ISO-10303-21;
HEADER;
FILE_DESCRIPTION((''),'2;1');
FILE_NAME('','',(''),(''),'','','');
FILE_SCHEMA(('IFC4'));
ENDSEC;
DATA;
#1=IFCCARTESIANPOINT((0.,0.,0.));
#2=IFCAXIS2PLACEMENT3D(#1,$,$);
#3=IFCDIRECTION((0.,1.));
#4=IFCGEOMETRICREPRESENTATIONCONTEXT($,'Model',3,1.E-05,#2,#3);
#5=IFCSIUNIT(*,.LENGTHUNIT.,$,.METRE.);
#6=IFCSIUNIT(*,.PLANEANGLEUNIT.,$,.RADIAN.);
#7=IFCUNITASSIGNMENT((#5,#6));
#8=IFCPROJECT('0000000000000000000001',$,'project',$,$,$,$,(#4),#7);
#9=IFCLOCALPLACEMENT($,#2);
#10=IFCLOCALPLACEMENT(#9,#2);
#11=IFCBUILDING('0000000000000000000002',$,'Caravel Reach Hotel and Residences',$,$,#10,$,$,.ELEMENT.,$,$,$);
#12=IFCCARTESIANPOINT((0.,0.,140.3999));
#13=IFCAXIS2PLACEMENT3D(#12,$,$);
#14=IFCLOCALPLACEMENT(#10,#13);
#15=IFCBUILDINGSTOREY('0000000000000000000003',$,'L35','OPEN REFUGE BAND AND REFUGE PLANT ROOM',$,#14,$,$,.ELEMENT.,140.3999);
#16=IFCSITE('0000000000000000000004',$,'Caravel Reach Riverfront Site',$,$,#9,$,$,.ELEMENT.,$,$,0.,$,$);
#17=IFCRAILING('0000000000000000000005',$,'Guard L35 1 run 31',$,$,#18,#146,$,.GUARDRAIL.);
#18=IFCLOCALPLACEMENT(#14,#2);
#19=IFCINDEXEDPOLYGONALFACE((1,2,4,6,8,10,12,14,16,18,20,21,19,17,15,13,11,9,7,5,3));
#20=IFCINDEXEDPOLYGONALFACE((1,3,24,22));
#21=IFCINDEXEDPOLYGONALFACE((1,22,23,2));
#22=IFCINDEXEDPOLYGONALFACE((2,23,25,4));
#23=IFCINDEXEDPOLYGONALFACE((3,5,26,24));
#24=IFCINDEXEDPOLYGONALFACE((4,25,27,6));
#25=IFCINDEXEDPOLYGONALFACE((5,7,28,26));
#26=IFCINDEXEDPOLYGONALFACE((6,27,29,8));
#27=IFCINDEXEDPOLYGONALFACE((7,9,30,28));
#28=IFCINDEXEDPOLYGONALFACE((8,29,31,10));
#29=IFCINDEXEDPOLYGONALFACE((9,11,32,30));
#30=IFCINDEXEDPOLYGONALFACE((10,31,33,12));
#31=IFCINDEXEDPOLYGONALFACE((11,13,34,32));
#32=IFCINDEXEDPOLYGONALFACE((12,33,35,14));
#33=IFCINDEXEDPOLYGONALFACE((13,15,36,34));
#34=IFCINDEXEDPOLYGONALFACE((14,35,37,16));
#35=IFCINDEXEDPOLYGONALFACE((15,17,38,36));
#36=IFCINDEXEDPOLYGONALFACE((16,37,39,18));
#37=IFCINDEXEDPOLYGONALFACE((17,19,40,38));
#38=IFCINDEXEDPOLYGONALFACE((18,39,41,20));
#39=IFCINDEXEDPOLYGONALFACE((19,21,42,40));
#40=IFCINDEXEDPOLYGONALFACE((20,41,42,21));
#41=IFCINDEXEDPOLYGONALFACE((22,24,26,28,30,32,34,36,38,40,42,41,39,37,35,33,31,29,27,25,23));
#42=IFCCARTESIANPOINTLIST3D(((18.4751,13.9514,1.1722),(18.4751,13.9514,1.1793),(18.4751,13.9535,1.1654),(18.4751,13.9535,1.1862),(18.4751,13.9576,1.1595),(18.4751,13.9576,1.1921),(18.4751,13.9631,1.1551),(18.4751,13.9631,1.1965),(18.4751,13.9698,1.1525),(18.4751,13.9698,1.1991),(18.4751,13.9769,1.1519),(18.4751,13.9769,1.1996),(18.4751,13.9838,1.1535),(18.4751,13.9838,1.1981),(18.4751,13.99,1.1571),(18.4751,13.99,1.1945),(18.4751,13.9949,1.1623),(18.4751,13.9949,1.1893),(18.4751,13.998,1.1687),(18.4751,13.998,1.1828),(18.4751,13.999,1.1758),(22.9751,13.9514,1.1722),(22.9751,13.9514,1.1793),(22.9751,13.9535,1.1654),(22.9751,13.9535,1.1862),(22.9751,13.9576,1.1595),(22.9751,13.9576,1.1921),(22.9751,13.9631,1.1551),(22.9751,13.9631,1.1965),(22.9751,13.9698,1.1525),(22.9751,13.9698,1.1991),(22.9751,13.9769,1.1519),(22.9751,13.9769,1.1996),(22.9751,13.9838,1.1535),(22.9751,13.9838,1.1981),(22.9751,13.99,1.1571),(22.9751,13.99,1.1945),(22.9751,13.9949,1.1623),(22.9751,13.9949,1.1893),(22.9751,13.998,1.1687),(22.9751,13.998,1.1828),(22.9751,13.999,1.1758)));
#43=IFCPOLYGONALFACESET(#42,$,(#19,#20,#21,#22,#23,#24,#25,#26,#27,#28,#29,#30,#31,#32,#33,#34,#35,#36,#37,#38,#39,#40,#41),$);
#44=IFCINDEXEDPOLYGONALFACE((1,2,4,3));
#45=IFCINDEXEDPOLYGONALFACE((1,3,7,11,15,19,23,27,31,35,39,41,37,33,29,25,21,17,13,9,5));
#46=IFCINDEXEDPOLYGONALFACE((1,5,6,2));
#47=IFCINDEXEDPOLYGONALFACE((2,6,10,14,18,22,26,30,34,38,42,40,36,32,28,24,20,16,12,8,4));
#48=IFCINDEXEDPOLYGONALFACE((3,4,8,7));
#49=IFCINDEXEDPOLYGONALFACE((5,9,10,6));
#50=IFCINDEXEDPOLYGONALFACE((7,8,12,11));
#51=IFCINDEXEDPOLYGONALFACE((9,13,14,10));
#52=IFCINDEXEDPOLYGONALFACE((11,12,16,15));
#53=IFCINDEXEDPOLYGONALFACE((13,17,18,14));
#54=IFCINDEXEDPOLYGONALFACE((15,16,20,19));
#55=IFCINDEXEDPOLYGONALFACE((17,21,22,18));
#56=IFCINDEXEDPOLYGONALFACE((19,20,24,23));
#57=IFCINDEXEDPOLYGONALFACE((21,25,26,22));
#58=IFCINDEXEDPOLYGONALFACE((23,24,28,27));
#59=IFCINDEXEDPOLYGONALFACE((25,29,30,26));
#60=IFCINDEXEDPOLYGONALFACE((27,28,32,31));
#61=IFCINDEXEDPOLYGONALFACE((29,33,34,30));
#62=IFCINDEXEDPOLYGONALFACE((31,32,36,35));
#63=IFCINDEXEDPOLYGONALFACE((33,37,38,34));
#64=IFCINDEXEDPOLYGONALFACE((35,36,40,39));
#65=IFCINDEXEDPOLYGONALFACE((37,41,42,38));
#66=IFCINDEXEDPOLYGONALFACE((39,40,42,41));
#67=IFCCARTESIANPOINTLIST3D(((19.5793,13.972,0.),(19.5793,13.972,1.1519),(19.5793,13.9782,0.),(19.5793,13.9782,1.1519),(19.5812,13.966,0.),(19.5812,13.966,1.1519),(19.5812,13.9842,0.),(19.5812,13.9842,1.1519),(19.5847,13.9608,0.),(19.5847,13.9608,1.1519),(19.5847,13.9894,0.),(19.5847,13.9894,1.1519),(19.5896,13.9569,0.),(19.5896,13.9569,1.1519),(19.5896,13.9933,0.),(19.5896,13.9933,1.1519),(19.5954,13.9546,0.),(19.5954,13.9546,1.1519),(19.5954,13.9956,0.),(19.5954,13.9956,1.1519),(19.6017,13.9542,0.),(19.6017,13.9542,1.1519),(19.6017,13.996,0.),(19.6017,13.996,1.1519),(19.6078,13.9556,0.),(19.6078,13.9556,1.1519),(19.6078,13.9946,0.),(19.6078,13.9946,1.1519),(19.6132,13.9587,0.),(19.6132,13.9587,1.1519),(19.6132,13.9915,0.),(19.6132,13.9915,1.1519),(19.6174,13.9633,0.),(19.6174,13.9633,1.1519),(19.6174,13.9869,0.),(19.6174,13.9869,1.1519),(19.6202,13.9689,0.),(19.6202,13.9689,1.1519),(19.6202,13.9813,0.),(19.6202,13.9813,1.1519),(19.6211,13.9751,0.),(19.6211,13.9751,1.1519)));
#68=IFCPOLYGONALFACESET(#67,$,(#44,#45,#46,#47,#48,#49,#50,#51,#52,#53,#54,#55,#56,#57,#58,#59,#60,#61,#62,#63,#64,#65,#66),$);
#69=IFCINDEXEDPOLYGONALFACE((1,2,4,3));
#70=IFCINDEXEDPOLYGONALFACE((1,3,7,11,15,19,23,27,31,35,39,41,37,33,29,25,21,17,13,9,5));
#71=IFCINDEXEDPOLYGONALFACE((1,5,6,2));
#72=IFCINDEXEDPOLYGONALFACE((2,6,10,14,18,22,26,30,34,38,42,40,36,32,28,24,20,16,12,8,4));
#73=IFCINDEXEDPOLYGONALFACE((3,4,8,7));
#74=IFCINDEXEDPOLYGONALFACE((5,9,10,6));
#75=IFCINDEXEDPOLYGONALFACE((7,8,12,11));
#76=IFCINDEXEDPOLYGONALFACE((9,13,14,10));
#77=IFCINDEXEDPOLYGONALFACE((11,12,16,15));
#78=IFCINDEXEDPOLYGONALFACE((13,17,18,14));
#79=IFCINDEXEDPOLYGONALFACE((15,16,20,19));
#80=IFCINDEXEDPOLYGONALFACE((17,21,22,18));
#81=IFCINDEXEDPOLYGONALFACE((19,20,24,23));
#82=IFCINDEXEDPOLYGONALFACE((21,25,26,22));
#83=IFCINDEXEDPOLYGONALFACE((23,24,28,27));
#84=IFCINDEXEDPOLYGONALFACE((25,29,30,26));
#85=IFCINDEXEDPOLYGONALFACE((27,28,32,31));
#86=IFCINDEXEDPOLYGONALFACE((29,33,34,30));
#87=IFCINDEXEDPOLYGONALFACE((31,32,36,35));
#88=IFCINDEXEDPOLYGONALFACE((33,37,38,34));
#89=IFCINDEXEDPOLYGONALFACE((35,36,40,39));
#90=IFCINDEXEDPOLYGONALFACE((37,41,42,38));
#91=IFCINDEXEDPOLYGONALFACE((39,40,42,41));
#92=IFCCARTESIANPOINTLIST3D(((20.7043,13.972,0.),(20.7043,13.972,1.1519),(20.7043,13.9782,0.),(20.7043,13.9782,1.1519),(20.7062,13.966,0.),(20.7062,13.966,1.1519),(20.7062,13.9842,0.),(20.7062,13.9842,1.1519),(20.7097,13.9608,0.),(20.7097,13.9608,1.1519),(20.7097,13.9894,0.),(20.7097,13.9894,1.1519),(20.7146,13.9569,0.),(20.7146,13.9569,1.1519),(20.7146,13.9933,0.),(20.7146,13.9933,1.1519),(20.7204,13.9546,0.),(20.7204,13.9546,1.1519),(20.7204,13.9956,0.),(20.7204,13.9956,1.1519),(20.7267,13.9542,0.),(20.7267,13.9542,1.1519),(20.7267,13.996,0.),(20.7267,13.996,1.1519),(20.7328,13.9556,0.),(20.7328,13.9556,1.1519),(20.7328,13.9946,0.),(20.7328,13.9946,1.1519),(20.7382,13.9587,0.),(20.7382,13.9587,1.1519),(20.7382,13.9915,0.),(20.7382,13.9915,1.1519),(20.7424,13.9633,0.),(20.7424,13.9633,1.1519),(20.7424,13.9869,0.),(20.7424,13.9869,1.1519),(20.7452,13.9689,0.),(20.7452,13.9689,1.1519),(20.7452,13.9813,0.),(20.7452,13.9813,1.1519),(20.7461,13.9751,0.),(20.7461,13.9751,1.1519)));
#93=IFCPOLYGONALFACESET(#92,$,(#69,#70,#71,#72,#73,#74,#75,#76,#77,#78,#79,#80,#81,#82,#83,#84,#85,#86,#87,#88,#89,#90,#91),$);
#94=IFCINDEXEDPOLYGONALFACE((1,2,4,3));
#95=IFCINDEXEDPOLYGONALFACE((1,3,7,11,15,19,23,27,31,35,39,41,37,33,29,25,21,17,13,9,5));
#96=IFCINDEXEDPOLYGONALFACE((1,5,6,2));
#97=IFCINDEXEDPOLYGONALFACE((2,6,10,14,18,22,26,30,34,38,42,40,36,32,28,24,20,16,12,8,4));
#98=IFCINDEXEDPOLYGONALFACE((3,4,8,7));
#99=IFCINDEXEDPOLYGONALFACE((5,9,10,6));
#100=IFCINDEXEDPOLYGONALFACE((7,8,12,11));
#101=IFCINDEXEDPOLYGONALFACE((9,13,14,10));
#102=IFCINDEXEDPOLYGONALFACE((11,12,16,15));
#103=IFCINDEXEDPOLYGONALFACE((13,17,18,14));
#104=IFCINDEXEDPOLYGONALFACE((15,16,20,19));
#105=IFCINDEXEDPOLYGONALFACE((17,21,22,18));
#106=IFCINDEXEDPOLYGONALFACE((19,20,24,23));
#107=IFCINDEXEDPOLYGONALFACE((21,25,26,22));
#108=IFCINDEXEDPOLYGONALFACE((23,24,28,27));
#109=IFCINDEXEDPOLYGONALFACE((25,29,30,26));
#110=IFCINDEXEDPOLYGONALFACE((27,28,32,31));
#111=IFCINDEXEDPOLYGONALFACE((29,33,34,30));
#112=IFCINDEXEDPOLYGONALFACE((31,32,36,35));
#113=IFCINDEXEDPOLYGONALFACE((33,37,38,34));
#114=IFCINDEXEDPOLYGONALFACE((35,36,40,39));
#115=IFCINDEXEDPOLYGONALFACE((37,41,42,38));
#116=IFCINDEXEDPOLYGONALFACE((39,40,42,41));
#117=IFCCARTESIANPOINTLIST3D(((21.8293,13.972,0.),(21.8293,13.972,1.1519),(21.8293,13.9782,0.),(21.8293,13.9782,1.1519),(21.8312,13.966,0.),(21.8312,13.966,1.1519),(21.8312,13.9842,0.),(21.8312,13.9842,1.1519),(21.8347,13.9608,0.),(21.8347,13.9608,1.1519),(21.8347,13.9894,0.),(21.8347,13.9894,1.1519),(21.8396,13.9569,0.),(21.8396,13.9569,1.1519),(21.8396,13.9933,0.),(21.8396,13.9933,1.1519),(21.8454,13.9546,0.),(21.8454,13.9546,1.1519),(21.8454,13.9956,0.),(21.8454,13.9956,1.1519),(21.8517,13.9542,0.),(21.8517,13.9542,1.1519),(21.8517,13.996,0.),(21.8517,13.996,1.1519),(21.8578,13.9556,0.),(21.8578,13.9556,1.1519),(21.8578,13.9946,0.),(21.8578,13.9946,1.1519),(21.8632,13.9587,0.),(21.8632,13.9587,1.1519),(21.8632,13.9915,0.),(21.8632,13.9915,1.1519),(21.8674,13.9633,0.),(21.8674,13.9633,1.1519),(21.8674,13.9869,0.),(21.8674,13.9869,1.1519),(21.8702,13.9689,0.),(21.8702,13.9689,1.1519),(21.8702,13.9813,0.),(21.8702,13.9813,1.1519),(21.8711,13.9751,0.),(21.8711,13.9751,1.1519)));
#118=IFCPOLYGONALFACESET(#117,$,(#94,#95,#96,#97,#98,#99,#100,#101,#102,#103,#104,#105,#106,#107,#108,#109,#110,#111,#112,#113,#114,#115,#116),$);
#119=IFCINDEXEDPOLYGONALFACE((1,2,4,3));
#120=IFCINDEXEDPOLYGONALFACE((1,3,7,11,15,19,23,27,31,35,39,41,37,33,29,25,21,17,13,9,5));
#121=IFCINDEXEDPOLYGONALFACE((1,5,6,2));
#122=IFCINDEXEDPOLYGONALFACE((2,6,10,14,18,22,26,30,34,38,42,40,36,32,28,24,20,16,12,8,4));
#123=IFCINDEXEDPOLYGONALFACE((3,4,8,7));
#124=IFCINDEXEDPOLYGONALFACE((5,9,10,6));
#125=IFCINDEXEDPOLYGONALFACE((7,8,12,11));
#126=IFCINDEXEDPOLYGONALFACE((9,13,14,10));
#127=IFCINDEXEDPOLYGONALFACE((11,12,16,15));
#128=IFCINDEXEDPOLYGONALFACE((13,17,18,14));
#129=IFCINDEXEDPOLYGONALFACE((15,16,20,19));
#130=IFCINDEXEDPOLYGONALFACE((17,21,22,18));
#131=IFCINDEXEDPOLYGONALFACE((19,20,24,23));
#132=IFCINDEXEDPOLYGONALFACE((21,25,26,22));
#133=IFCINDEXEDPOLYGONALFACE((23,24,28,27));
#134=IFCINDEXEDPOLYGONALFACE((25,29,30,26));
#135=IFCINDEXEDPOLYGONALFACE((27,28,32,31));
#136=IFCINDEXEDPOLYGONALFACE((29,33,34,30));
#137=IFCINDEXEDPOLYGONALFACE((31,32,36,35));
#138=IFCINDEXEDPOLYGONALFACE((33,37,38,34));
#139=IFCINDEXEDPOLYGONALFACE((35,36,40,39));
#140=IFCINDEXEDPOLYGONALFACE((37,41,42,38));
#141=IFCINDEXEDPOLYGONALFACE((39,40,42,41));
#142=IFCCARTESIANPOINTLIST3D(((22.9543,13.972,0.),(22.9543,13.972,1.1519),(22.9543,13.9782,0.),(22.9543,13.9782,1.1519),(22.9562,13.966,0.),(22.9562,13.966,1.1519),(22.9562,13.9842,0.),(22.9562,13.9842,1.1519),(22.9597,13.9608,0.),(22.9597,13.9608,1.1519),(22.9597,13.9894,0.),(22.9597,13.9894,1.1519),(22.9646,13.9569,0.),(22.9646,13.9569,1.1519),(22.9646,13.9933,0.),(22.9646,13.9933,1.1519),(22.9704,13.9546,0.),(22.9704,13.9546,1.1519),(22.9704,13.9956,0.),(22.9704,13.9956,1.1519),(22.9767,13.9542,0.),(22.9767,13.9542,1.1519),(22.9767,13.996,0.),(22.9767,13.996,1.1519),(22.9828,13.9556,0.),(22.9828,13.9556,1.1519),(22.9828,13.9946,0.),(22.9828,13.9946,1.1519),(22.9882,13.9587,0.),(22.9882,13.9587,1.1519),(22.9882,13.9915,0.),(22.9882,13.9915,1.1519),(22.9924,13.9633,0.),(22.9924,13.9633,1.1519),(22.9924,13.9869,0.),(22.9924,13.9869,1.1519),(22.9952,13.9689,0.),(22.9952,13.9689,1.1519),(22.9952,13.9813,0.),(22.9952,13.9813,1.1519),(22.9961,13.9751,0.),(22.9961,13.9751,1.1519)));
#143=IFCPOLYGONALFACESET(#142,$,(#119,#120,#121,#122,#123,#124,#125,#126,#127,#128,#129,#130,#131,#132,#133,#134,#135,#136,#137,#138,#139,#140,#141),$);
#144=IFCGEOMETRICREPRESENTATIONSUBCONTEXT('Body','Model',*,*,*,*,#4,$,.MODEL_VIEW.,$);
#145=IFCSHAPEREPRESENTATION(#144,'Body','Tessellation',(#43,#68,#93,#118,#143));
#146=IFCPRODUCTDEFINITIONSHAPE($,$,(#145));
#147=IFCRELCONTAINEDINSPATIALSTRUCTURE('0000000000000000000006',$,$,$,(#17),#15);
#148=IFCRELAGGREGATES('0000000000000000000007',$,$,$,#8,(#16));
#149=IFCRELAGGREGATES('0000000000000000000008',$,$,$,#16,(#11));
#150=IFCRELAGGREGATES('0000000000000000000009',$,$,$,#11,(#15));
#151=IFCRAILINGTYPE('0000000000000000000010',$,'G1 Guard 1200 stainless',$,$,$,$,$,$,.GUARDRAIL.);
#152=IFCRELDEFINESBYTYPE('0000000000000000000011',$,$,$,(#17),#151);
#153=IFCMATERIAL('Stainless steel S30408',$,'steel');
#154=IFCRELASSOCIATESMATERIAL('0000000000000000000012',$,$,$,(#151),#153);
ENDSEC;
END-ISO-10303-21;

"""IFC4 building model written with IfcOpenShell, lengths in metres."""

from ifc_helpers import new_model, si_unit, direction, frame, origin, origin_2d, place, context, subcontext, project, spatial, circle, extrude, material, type_object, element, save


model = new_model("IFC4")

# Units and contexts
model_context = context("Model", 3, precision=1e-05, world=origin(), true_north=direction((0.0, 1.0)))
body_context = subcontext(model_context, "Body", "Model", "MODEL_VIEW")
ifc_project = project(units=[si_unit("LENGTHUNIT", "METRE"), si_unit("PLANEANGLEUNIT", "RADIAN")], contexts=[model_context])

# Site, building, storey
site_placement = place(None, origin())
site = spatial("IfcSite", under=ifc_project, at=site_placement, Name="Caravel Reach Riverfront Site", CompositionType="ELEMENT", RefElevation=0.0)
building_placement = place(site_placement, origin())
building = spatial("IfcBuilding", under=site, at=building_placement, Name="Caravel Reach Hotel and Residences", CompositionType="ELEMENT")
storey_placement = place(building_placement, frame((0.0, 0.0, 140.3999)))
storey = spatial("IfcBuildingStorey", under=building, at=storey_placement, Name="L35", Description="OPEN REFUGE BAND AND REFUGE PLANT ROOM", CompositionType="ELEMENT", Elevation=140.3999)

# Railing
ifc_material_1 = material(Name="Stainless steel S30408", Category="steel")
railing_type = type_object("IfcRailingType", Name="G1 Guard 1200 stainless", PredefinedType="GUARDRAIL", material=ifc_material_1)
railing_1_placement = place(storey_placement, frame((18.4751, 13.9751, 0.0)))
element("IfcRailing", 1, at=railing_1_placement, inside=storey, type_object=railing_type, Name="Guard L35 1 run 31", PredefinedType="GUARDRAIL", context=body_context, shape_type="SweptSolid", body=[
    extrude(circle(Radius=0.0239, at=origin_2d()), frame((0.0, 0.0, 1.1758), z_axis=(1.0, 0.0, 0.0), x_axis=(0.0, 1.0, 0.0)), (0.0, 0.0, 1.0), 4.5),
    extrude(circle(Radius=0.021, at=origin_2d()), frame((1.125, 0.0, 0.0)), (0.0, 0.0, 1.0), 1.1519),
    extrude(circle(Radius=0.021, at=origin_2d()), frame((2.25, 0.0, 0.0)), (0.0, 0.0, 1.0), 1.1519),
    extrude(circle(Radius=0.021, at=origin_2d()), frame((3.375, 0.0, 0.0)), (0.0, 0.0, 1.0), 1.1519),
    extrude(circle(Radius=0.021, at=origin_2d()), frame((4.5, 0.0, 0.0)), (0.0, 0.0, 1.0), 1.1519),
])

save(model, "model.ifc")
